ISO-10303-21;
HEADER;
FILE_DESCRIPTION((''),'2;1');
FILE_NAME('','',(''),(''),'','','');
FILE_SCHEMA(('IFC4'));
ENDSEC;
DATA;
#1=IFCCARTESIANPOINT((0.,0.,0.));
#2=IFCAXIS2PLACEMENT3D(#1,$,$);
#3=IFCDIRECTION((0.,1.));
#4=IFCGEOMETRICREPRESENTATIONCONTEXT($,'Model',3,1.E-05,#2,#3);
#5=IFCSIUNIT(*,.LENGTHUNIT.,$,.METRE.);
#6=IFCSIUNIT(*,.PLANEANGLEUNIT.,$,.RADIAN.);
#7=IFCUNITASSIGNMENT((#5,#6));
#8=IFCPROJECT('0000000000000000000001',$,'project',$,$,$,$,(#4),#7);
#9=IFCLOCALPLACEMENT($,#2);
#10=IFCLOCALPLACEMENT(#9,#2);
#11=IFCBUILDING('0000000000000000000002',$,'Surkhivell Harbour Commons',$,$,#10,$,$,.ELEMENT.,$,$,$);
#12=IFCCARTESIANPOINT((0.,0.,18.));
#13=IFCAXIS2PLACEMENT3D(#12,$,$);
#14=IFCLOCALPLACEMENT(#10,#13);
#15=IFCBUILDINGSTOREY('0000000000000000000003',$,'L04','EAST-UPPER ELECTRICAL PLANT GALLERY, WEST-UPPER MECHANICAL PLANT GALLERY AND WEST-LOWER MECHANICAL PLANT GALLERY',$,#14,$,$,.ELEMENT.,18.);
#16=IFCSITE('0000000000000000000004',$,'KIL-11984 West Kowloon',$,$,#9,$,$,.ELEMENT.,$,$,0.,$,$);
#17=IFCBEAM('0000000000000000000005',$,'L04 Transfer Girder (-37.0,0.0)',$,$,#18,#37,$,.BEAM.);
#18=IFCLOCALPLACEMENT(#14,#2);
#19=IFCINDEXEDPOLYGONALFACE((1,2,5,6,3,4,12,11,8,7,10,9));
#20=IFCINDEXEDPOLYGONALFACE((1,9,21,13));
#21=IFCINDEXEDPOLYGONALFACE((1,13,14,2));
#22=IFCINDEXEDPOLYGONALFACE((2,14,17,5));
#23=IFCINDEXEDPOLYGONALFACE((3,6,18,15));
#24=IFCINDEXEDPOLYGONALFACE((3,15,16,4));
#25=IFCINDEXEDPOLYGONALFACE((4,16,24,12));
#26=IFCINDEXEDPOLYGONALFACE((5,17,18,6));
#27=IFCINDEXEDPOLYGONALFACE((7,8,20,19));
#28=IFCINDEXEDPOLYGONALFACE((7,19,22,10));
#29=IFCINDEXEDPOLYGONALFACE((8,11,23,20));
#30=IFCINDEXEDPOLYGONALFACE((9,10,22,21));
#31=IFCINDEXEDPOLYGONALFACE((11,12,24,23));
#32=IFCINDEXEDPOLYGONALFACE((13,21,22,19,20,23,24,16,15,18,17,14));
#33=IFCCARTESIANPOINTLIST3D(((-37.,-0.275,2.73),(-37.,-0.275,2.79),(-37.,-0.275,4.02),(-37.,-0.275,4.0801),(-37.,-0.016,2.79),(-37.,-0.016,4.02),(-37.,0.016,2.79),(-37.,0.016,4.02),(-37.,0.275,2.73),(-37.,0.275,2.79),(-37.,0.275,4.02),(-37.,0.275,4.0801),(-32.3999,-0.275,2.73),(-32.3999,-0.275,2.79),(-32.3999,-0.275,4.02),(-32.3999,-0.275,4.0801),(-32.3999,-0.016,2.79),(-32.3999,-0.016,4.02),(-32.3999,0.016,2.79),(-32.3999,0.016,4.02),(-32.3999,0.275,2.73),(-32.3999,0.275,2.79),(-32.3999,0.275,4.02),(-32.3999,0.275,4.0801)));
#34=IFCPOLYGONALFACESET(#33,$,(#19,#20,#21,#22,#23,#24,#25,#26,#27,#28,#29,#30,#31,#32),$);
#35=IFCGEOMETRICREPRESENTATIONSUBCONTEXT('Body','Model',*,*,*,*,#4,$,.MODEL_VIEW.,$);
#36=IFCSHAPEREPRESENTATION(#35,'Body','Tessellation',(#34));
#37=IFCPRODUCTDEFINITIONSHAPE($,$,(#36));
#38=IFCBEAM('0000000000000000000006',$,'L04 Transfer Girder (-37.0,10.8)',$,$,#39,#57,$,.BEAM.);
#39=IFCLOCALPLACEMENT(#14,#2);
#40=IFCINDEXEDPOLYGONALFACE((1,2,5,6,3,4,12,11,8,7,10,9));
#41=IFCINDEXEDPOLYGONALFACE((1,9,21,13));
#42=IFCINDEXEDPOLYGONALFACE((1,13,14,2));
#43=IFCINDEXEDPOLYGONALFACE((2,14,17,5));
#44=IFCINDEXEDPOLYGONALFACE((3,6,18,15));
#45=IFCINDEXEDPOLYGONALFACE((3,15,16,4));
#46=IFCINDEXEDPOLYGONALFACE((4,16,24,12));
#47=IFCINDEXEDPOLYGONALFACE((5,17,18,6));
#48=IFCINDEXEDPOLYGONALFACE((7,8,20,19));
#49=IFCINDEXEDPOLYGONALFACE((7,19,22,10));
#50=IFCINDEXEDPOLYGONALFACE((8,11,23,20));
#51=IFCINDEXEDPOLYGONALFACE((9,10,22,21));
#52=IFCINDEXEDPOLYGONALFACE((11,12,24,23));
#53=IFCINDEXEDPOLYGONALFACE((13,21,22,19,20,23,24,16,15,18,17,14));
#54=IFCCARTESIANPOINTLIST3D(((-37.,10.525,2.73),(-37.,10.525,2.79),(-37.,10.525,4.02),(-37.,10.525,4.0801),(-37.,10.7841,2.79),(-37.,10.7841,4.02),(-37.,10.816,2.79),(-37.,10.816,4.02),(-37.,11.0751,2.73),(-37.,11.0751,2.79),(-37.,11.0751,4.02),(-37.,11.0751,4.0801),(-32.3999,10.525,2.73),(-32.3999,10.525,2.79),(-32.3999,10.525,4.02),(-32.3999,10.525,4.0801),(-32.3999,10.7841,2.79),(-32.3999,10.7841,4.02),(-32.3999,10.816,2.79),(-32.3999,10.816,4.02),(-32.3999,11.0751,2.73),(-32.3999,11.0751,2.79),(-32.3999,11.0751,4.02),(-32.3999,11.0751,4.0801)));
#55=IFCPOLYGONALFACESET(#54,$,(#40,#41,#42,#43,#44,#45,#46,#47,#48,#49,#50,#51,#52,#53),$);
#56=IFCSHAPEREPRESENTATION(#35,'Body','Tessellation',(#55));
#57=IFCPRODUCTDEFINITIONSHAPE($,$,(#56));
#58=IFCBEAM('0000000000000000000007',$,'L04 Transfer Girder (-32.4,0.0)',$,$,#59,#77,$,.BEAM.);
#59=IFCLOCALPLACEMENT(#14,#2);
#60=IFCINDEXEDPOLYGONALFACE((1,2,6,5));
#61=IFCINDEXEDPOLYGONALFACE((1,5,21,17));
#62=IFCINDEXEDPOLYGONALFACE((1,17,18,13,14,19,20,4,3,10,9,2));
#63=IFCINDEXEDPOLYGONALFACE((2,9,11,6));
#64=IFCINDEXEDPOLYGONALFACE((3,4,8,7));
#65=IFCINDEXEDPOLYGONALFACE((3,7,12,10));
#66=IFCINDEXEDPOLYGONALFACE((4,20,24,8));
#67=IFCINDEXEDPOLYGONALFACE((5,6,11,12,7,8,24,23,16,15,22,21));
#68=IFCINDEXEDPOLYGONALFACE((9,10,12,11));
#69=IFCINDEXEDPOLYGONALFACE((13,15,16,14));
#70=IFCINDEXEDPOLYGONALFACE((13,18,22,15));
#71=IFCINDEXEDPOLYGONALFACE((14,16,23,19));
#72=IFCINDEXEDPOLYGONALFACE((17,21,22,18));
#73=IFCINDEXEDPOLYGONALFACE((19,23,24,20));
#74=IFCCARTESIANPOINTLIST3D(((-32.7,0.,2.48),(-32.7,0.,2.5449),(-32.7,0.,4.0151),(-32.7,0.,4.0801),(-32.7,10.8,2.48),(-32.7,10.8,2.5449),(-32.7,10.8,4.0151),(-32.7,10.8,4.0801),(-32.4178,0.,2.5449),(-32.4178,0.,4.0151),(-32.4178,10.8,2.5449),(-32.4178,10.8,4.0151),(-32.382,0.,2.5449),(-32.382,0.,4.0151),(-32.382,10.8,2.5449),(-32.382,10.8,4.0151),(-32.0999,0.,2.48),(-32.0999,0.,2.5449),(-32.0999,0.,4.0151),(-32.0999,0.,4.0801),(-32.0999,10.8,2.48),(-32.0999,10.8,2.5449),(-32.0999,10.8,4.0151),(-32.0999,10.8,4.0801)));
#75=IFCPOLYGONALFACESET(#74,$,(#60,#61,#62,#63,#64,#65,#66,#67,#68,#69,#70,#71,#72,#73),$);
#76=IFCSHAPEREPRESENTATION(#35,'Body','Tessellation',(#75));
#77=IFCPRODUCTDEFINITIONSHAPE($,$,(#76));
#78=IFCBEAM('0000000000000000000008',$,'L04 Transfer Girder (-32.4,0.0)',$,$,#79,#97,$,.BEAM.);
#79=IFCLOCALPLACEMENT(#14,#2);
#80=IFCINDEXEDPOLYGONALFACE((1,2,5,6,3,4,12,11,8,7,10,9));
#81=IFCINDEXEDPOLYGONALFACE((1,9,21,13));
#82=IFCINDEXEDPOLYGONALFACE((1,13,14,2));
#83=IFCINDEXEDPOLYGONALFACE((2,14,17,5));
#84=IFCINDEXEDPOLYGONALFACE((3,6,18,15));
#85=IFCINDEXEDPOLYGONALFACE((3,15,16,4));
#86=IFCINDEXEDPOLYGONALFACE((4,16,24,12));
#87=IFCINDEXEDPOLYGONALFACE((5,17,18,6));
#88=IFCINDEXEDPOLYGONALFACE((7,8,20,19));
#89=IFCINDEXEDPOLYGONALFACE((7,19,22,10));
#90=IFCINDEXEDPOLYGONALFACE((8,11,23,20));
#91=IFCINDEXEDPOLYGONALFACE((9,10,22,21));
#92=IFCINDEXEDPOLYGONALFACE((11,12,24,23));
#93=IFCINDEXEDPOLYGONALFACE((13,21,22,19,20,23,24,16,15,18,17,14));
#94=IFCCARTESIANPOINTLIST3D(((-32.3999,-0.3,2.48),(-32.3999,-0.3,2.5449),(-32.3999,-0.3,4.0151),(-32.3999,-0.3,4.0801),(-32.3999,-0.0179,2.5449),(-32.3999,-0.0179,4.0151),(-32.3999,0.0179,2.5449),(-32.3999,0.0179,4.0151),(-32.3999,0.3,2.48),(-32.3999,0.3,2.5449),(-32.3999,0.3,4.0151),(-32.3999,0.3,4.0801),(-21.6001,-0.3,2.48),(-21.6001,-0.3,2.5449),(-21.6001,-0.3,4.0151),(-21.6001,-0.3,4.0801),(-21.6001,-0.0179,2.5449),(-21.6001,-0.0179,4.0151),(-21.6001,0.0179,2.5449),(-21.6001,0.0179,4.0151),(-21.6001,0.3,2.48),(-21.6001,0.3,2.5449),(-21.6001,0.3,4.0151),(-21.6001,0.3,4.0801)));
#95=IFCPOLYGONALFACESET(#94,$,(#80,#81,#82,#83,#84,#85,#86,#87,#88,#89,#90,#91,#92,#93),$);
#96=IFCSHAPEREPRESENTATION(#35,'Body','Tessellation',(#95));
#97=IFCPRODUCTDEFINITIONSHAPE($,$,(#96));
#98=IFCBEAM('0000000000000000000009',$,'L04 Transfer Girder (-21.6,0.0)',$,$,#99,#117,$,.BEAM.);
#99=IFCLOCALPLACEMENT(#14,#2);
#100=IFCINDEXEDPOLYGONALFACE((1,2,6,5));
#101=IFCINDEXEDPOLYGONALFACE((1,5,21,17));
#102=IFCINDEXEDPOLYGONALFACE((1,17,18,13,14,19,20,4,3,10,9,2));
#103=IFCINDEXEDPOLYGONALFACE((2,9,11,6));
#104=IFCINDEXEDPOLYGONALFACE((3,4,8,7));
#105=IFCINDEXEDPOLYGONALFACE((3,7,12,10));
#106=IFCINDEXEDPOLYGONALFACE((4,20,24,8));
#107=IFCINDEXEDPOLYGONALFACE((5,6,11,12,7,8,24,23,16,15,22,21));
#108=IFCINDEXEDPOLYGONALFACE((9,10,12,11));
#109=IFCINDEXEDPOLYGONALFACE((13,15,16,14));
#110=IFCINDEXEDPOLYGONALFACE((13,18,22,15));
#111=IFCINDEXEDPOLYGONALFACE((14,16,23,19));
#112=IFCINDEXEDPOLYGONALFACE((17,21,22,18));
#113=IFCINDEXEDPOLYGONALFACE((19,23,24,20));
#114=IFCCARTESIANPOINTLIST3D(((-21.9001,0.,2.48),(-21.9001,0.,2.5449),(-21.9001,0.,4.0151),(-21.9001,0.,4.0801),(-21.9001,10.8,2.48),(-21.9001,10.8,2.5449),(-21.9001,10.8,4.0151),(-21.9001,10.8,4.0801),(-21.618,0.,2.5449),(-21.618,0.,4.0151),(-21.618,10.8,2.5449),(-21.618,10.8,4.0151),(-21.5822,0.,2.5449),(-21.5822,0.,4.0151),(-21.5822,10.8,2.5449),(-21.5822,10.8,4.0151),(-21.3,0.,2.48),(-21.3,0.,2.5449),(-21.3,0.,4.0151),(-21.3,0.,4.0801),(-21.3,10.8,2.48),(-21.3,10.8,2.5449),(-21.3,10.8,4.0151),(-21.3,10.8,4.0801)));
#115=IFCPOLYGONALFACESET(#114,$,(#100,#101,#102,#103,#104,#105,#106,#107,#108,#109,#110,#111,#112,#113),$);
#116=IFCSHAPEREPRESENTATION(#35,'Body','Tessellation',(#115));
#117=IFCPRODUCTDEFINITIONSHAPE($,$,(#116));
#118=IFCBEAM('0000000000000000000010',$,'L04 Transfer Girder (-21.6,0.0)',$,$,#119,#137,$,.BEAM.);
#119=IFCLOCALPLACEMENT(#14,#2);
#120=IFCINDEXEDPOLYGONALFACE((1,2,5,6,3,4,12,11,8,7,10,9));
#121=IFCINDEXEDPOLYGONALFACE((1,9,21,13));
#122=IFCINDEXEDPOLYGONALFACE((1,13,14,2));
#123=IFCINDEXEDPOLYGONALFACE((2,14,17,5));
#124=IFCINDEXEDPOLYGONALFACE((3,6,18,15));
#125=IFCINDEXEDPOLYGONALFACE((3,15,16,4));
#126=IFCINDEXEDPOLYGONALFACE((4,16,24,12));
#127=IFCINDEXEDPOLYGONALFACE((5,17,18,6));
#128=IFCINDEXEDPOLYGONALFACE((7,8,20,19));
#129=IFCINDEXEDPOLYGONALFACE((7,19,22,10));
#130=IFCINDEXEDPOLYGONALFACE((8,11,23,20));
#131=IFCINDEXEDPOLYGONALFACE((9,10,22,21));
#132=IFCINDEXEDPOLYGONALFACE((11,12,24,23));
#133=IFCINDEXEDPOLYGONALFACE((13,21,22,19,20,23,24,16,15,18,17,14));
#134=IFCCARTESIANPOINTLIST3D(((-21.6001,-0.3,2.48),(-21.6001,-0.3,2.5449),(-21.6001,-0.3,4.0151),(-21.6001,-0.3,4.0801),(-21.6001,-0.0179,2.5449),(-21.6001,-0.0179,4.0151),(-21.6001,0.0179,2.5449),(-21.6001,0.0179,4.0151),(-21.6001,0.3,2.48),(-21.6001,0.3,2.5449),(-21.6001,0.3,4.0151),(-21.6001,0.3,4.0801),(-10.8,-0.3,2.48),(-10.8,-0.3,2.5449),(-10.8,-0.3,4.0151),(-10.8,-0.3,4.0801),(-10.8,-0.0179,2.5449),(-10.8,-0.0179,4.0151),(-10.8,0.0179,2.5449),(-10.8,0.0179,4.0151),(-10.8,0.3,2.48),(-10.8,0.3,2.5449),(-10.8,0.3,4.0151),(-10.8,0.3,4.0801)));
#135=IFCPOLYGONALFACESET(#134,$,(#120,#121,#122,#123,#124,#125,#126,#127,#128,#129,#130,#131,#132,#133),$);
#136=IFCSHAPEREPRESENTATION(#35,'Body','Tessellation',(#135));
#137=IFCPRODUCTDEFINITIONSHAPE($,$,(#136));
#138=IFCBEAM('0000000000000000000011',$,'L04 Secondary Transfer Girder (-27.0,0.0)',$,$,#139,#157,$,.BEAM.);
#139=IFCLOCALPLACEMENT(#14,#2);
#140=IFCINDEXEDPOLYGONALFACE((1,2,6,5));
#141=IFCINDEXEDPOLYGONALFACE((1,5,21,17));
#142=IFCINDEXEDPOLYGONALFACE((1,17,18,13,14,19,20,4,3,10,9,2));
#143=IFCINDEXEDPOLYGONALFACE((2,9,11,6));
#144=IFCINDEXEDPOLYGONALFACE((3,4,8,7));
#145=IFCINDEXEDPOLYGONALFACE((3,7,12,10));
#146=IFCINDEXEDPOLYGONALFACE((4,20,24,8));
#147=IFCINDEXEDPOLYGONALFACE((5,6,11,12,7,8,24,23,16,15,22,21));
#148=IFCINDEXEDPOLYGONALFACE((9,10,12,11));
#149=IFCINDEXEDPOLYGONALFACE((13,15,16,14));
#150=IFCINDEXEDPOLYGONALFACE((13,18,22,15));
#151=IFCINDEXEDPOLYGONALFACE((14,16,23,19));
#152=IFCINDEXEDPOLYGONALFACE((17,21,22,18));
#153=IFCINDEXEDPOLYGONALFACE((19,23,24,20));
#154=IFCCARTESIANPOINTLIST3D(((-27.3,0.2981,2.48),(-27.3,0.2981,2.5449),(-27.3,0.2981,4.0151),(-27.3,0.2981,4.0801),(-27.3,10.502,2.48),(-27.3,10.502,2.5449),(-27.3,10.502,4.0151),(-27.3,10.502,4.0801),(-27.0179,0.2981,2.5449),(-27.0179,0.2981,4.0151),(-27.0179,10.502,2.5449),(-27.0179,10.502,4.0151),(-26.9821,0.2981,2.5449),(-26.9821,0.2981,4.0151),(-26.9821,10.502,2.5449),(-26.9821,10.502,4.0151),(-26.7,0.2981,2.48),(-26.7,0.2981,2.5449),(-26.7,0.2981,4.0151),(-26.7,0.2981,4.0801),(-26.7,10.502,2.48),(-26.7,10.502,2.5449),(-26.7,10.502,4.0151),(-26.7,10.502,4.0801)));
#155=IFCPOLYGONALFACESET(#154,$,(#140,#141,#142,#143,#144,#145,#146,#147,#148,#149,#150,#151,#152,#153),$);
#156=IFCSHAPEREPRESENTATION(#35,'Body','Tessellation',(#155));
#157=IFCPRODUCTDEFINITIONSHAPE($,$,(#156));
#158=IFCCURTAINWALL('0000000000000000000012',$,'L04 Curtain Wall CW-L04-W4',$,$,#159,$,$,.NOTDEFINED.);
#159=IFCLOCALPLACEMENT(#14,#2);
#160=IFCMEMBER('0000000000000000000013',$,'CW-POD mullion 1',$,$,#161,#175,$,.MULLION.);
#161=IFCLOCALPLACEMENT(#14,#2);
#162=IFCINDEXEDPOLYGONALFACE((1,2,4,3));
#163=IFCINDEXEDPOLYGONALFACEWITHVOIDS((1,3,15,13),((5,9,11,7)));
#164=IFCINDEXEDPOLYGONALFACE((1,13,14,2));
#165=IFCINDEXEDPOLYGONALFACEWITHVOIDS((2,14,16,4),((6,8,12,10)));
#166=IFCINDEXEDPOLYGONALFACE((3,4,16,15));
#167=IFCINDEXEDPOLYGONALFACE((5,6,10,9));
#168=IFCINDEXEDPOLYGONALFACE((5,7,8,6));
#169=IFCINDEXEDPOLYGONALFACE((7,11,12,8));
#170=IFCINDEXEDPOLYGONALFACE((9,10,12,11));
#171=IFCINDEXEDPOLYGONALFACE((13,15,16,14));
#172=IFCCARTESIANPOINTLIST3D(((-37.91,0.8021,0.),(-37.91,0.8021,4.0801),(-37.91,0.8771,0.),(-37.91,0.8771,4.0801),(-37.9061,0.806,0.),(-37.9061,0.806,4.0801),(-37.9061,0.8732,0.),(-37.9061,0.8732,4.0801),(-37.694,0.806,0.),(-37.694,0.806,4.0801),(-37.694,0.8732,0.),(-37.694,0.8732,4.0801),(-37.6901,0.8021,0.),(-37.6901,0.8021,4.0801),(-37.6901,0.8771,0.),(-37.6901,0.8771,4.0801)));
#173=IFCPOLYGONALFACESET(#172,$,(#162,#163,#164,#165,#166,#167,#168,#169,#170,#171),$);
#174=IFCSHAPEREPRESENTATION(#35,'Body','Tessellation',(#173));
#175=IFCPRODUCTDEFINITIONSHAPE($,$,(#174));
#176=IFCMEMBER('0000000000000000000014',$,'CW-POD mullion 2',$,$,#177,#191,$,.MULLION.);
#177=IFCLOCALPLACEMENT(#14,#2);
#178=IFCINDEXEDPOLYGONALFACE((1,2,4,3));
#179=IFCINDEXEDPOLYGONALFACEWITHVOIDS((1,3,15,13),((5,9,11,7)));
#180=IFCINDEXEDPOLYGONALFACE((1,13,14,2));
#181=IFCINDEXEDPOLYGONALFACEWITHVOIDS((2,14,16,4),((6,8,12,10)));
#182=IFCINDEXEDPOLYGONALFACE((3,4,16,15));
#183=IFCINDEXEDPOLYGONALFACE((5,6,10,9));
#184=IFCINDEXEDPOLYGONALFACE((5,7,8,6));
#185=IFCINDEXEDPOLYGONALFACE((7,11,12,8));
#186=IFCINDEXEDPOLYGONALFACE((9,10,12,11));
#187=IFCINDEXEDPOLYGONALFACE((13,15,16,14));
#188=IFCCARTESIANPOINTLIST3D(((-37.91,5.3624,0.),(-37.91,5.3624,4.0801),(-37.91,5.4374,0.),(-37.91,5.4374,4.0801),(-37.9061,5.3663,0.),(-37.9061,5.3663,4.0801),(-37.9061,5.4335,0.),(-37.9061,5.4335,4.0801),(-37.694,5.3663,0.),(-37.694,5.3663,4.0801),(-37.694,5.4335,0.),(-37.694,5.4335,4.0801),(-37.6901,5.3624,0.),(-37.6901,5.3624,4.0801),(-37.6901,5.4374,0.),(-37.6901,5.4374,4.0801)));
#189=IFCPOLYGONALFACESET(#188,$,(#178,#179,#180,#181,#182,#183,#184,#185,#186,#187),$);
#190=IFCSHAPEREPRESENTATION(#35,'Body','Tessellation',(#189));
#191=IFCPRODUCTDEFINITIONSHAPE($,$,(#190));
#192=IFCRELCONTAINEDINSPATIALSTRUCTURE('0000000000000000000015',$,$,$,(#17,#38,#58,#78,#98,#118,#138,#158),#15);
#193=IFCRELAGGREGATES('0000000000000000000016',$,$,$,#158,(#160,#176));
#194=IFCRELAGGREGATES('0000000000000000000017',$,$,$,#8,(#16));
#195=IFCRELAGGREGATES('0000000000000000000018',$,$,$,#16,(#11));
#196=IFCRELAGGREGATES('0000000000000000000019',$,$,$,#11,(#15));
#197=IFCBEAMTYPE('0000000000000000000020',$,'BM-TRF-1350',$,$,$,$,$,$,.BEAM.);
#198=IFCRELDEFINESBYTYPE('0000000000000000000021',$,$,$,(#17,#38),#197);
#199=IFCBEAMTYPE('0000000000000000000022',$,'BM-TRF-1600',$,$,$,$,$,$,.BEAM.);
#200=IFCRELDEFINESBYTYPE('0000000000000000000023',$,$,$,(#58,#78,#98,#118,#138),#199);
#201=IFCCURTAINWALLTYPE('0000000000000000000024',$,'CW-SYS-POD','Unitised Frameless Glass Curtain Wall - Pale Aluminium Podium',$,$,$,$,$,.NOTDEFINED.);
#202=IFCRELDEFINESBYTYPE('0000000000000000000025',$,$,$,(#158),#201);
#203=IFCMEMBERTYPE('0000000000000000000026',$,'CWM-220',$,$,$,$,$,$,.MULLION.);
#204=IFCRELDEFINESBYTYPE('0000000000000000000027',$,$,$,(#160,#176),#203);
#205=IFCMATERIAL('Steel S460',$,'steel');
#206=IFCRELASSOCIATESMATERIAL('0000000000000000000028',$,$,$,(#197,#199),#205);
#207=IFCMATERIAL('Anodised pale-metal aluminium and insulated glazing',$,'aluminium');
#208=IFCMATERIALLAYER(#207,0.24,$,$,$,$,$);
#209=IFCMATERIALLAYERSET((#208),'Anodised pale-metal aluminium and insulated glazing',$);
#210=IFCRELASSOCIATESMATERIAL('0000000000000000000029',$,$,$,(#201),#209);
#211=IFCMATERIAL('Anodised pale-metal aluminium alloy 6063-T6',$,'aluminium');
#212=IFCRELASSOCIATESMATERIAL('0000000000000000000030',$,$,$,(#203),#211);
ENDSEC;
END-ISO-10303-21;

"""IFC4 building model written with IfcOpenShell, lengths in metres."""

from ifc_helpers import new_model, si_unit, direction, frame, origin, origin_2d, place, context, subcontext, project, spatial, hollow_rectangle, i_section, extrude, material, layer, layer_set, material_profile, profile_set, type_object, element, aggregate, save


model = new_model("IFC4")

# Units and contexts
model_context = context("Model", 3, precision=1e-05, world=origin(), true_north=direction((0.0, 1.0)))
body_context = subcontext(model_context, "Body", "Model", "MODEL_VIEW")
ifc_project = project(units=[si_unit("LENGTHUNIT", "METRE"), si_unit("PLANEANGLEUNIT", "RADIAN")], contexts=[model_context])

# Site, building, storey
site_placement = place(None, origin())
site = spatial("IfcSite", under=ifc_project, at=site_placement, Name="KIL-11984 West Kowloon", CompositionType="ELEMENT", RefElevation=0.0)
building_placement = place(site_placement, origin())
building = spatial("IfcBuilding", under=site, at=building_placement, Name="Surkhivell Harbour Commons", CompositionType="ELEMENT")
storey_placement = place(building_placement, frame((0.0, 0.0, 18.0)))
storey = spatial("IfcBuildingStorey", under=building, at=storey_placement, Name="L04", Description="EAST-UPPER ELECTRICAL PLANT GALLERY, WEST-UPPER MECHANICAL PLANT GALLERY AND WEST-LOWER MECHANICAL PLANT GALLERY", CompositionType="ELEMENT", Elevation=18.0)

# Beams
ifc_material_1 = material(Name="Steel S460", Category="steel")
ifc_material_profile_1 = material_profile(ifc_material_1, i_section(OverallWidth=0.55, OverallDepth=1.3501, WebThickness=0.032, FlangeThickness=0.0601, at=origin_2d()), Name="WPG1350x550x248")
ifc_profile_set_1 = profile_set([ifc_material_profile_1], Name="Steel S460")
beam_type_1 = type_object("IfcBeamType", Name="BM-TRF-1350", PredefinedType="BEAM", material=ifc_profile_set_1)
for number, where, z_axis, x_axis, name in (
    (1, (-37.0, 0.0, 3.405), (1.0, 0.0, 0.0), (0.0, 1.0, 0.0), "L04 Transfer Girder (-37.0,0.0)"),
    (2, (-37.0, 10.8, 3.405), (1.0, 0.0, 0.0), (0.0, 1.0, 0.0), "L04 Transfer Girder (-37.0,10.8)"),
):
    element("IfcBeam", number, at=place(storey_placement, frame(where, z_axis=z_axis, x_axis=x_axis)), inside=storey, type_object=beam_type_1, Name=name, PredefinedType="BEAM", context=body_context, shape_type="SweptSolid", body=[
        extrude(i_section(OverallWidth=0.55, OverallDepth=1.3501, WebThickness=0.032, FlangeThickness=0.0601, at=origin_2d()), origin(), (0.0, 0.0, 1.0), 4.6001),
    ])
ifc_material_profile_2 = material_profile(ifc_material_1, i_section(OverallWidth=0.6001, OverallDepth=1.6001, WebThickness=0.0359, FlangeThickness=0.0649, at=origin_2d()), Name="WPG1600x600x296")
ifc_profile_set_2 = profile_set([ifc_material_profile_2], Name="Steel S460")
beam_type_2 = type_object("IfcBeamType", Name="BM-TRF-1600", PredefinedType="BEAM", material=ifc_profile_set_2)
beam_1_placement = place(storey_placement, frame((-32.3999, 0.0, 3.28), z_axis=(0.0, 1.0, 0.0), x_axis=(-1.0, 0.0, 0.0)))
element("IfcBeam", 3, at=beam_1_placement, inside=storey, type_object=beam_type_2, Name="L04 Transfer Girder (-32.4,0.0)", PredefinedType="BEAM", context=body_context, shape_type="SweptSolid", body=[
    extrude(i_section(OverallWidth=0.6001, OverallDepth=1.6001, WebThickness=0.0359, FlangeThickness=0.0649, at=origin_2d()), origin(), (0.0, 0.0, 1.0), 10.8),
])
beam_2_placement = place(storey_placement, frame((-32.3999, 0.0, 3.28), z_axis=(1.0, 0.0, 0.0), x_axis=(0.0, 1.0, 0.0)))
element("IfcBeam", 4, at=beam_2_placement, inside=storey, type_object=beam_type_2, Name="L04 Transfer Girder (-32.4,0.0)", PredefinedType="BEAM", context=body_context, shape_type="SweptSolid", body=[
    extrude(i_section(OverallWidth=0.6001, OverallDepth=1.6001, WebThickness=0.0359, FlangeThickness=0.0649, at=origin_2d()), origin(), (0.0, 0.0, 1.0), 10.7998),
])
for number, where, z_axis, x_axis, name in (
    (5, (-21.6001, 0.0, 3.28), (0.0, 1.0, 0.0), (-1.0, 0.0, 0.0), "L04 Transfer Girder (-21.6,0.0)"),
    (6, (-21.6001, 0.0, 3.28), (1.0, 0.0, 0.0), (0.0, 1.0, 0.0), "L04 Transfer Girder (-21.6,0.0)"),
):
    element("IfcBeam", number, at=place(storey_placement, frame(where, z_axis=z_axis, x_axis=x_axis)), inside=storey, type_object=beam_type_2, Name=name, PredefinedType="BEAM", context=body_context, shape_type="SweptSolid", body=[
        extrude(i_section(OverallWidth=0.6001, OverallDepth=1.6001, WebThickness=0.0359, FlangeThickness=0.0649, at=origin_2d()), origin(), (0.0, 0.0, 1.0), 10.8),
    ])
beam_3_placement = place(storey_placement, frame((-27.0, 0.2981, 3.28), z_axis=(0.0, 1.0, 0.0), x_axis=(-1.0, 0.0, 0.0)))
element("IfcBeam", 7, at=beam_3_placement, inside=storey, type_object=beam_type_2, Name="L04 Secondary Transfer Girder (-27.0,0.0)", PredefinedType="BEAM", context=body_context, shape_type="SweptSolid", body=[
    extrude(i_section(OverallWidth=0.6001, OverallDepth=1.6001, WebThickness=0.0359, FlangeThickness=0.0649, at=origin_2d()), origin(), (0.0, 0.0, 1.0), 10.2039),
])

# Curtain wall, members
ifc_material_2 = material(Name="Anodised pale-metal aluminium and insulated glazing", Category="aluminium")
ifc_layer_1 = layer(ifc_material_2, 0.24)
ifc_layer_set_1 = layer_set([ifc_layer_1], Name="Anodised pale-metal aluminium and insulated glazing")
curtain_wall_type = type_object("IfcCurtainWallType", Name="CW-SYS-POD", Description="Unitised Frameless Glass Curtain Wall - Pale Aluminium Podium", PredefinedType="NOTDEFINED", material=ifc_layer_set_1)
curtain_wall_placement = place(storey_placement, origin())
curtain_wall = element("IfcCurtainWall", 8, at=curtain_wall_placement, inside=storey, type_object=curtain_wall_type, Name="L04 Curtain Wall CW-L04-W4", PredefinedType="NOTDEFINED")
ifc_material_3 = material(Name="Anodised pale-metal aluminium alloy 6063-T6", Category="aluminium")
ifc_material_profile_3 = material_profile(ifc_material_3, hollow_rectangle(XDim=0.075, YDim=0.22, WallThickness=0.0039, at=origin_2d()), Name="ALU-MULL-75x220")
ifc_profile_set_3 = profile_set([ifc_material_profile_3], Name="Anodised pale-metal aluminium alloy 6063-T6")
member_type_1 = type_object("IfcMemberType", Name="CWM-220", PredefinedType="MULLION", material=ifc_profile_set_3)
member_1_placement = place(storey_placement, frame((-37.8, 0.8396, 0.0), z_axis=(0.0, 0.0, 1.0), x_axis=(0.0, 1.0, 0.0)))
member_1 = element("IfcMember", 9, at=member_1_placement, type_object=member_type_1, Name="CW-POD mullion 1", PredefinedType="MULLION", context=body_context, shape_type="SweptSolid", body=[
    extrude(hollow_rectangle(XDim=0.075, YDim=0.22, WallThickness=0.0039, at=origin_2d()), origin(), (0.0, 0.0, 1.0), 4.0801),
])
member_2_placement = place(storey_placement, frame((-37.8, 5.3999, 0.0), z_axis=(0.0, 0.0, 1.0), x_axis=(0.0, 1.0, 0.0)))
member_2 = element("IfcMember", 10, at=member_2_placement, type_object=member_type_1, Name="CW-POD mullion 2", PredefinedType="MULLION", context=body_context, shape_type="SweptSolid", body=[
    extrude(hollow_rectangle(XDim=0.075, YDim=0.22, WallThickness=0.0039, at=origin_2d()), origin(), (0.0, 0.0, 1.0), 4.0801),
])

aggregate(curtain_wall, [member_1, member_2])

save(model, "model.ifc")
